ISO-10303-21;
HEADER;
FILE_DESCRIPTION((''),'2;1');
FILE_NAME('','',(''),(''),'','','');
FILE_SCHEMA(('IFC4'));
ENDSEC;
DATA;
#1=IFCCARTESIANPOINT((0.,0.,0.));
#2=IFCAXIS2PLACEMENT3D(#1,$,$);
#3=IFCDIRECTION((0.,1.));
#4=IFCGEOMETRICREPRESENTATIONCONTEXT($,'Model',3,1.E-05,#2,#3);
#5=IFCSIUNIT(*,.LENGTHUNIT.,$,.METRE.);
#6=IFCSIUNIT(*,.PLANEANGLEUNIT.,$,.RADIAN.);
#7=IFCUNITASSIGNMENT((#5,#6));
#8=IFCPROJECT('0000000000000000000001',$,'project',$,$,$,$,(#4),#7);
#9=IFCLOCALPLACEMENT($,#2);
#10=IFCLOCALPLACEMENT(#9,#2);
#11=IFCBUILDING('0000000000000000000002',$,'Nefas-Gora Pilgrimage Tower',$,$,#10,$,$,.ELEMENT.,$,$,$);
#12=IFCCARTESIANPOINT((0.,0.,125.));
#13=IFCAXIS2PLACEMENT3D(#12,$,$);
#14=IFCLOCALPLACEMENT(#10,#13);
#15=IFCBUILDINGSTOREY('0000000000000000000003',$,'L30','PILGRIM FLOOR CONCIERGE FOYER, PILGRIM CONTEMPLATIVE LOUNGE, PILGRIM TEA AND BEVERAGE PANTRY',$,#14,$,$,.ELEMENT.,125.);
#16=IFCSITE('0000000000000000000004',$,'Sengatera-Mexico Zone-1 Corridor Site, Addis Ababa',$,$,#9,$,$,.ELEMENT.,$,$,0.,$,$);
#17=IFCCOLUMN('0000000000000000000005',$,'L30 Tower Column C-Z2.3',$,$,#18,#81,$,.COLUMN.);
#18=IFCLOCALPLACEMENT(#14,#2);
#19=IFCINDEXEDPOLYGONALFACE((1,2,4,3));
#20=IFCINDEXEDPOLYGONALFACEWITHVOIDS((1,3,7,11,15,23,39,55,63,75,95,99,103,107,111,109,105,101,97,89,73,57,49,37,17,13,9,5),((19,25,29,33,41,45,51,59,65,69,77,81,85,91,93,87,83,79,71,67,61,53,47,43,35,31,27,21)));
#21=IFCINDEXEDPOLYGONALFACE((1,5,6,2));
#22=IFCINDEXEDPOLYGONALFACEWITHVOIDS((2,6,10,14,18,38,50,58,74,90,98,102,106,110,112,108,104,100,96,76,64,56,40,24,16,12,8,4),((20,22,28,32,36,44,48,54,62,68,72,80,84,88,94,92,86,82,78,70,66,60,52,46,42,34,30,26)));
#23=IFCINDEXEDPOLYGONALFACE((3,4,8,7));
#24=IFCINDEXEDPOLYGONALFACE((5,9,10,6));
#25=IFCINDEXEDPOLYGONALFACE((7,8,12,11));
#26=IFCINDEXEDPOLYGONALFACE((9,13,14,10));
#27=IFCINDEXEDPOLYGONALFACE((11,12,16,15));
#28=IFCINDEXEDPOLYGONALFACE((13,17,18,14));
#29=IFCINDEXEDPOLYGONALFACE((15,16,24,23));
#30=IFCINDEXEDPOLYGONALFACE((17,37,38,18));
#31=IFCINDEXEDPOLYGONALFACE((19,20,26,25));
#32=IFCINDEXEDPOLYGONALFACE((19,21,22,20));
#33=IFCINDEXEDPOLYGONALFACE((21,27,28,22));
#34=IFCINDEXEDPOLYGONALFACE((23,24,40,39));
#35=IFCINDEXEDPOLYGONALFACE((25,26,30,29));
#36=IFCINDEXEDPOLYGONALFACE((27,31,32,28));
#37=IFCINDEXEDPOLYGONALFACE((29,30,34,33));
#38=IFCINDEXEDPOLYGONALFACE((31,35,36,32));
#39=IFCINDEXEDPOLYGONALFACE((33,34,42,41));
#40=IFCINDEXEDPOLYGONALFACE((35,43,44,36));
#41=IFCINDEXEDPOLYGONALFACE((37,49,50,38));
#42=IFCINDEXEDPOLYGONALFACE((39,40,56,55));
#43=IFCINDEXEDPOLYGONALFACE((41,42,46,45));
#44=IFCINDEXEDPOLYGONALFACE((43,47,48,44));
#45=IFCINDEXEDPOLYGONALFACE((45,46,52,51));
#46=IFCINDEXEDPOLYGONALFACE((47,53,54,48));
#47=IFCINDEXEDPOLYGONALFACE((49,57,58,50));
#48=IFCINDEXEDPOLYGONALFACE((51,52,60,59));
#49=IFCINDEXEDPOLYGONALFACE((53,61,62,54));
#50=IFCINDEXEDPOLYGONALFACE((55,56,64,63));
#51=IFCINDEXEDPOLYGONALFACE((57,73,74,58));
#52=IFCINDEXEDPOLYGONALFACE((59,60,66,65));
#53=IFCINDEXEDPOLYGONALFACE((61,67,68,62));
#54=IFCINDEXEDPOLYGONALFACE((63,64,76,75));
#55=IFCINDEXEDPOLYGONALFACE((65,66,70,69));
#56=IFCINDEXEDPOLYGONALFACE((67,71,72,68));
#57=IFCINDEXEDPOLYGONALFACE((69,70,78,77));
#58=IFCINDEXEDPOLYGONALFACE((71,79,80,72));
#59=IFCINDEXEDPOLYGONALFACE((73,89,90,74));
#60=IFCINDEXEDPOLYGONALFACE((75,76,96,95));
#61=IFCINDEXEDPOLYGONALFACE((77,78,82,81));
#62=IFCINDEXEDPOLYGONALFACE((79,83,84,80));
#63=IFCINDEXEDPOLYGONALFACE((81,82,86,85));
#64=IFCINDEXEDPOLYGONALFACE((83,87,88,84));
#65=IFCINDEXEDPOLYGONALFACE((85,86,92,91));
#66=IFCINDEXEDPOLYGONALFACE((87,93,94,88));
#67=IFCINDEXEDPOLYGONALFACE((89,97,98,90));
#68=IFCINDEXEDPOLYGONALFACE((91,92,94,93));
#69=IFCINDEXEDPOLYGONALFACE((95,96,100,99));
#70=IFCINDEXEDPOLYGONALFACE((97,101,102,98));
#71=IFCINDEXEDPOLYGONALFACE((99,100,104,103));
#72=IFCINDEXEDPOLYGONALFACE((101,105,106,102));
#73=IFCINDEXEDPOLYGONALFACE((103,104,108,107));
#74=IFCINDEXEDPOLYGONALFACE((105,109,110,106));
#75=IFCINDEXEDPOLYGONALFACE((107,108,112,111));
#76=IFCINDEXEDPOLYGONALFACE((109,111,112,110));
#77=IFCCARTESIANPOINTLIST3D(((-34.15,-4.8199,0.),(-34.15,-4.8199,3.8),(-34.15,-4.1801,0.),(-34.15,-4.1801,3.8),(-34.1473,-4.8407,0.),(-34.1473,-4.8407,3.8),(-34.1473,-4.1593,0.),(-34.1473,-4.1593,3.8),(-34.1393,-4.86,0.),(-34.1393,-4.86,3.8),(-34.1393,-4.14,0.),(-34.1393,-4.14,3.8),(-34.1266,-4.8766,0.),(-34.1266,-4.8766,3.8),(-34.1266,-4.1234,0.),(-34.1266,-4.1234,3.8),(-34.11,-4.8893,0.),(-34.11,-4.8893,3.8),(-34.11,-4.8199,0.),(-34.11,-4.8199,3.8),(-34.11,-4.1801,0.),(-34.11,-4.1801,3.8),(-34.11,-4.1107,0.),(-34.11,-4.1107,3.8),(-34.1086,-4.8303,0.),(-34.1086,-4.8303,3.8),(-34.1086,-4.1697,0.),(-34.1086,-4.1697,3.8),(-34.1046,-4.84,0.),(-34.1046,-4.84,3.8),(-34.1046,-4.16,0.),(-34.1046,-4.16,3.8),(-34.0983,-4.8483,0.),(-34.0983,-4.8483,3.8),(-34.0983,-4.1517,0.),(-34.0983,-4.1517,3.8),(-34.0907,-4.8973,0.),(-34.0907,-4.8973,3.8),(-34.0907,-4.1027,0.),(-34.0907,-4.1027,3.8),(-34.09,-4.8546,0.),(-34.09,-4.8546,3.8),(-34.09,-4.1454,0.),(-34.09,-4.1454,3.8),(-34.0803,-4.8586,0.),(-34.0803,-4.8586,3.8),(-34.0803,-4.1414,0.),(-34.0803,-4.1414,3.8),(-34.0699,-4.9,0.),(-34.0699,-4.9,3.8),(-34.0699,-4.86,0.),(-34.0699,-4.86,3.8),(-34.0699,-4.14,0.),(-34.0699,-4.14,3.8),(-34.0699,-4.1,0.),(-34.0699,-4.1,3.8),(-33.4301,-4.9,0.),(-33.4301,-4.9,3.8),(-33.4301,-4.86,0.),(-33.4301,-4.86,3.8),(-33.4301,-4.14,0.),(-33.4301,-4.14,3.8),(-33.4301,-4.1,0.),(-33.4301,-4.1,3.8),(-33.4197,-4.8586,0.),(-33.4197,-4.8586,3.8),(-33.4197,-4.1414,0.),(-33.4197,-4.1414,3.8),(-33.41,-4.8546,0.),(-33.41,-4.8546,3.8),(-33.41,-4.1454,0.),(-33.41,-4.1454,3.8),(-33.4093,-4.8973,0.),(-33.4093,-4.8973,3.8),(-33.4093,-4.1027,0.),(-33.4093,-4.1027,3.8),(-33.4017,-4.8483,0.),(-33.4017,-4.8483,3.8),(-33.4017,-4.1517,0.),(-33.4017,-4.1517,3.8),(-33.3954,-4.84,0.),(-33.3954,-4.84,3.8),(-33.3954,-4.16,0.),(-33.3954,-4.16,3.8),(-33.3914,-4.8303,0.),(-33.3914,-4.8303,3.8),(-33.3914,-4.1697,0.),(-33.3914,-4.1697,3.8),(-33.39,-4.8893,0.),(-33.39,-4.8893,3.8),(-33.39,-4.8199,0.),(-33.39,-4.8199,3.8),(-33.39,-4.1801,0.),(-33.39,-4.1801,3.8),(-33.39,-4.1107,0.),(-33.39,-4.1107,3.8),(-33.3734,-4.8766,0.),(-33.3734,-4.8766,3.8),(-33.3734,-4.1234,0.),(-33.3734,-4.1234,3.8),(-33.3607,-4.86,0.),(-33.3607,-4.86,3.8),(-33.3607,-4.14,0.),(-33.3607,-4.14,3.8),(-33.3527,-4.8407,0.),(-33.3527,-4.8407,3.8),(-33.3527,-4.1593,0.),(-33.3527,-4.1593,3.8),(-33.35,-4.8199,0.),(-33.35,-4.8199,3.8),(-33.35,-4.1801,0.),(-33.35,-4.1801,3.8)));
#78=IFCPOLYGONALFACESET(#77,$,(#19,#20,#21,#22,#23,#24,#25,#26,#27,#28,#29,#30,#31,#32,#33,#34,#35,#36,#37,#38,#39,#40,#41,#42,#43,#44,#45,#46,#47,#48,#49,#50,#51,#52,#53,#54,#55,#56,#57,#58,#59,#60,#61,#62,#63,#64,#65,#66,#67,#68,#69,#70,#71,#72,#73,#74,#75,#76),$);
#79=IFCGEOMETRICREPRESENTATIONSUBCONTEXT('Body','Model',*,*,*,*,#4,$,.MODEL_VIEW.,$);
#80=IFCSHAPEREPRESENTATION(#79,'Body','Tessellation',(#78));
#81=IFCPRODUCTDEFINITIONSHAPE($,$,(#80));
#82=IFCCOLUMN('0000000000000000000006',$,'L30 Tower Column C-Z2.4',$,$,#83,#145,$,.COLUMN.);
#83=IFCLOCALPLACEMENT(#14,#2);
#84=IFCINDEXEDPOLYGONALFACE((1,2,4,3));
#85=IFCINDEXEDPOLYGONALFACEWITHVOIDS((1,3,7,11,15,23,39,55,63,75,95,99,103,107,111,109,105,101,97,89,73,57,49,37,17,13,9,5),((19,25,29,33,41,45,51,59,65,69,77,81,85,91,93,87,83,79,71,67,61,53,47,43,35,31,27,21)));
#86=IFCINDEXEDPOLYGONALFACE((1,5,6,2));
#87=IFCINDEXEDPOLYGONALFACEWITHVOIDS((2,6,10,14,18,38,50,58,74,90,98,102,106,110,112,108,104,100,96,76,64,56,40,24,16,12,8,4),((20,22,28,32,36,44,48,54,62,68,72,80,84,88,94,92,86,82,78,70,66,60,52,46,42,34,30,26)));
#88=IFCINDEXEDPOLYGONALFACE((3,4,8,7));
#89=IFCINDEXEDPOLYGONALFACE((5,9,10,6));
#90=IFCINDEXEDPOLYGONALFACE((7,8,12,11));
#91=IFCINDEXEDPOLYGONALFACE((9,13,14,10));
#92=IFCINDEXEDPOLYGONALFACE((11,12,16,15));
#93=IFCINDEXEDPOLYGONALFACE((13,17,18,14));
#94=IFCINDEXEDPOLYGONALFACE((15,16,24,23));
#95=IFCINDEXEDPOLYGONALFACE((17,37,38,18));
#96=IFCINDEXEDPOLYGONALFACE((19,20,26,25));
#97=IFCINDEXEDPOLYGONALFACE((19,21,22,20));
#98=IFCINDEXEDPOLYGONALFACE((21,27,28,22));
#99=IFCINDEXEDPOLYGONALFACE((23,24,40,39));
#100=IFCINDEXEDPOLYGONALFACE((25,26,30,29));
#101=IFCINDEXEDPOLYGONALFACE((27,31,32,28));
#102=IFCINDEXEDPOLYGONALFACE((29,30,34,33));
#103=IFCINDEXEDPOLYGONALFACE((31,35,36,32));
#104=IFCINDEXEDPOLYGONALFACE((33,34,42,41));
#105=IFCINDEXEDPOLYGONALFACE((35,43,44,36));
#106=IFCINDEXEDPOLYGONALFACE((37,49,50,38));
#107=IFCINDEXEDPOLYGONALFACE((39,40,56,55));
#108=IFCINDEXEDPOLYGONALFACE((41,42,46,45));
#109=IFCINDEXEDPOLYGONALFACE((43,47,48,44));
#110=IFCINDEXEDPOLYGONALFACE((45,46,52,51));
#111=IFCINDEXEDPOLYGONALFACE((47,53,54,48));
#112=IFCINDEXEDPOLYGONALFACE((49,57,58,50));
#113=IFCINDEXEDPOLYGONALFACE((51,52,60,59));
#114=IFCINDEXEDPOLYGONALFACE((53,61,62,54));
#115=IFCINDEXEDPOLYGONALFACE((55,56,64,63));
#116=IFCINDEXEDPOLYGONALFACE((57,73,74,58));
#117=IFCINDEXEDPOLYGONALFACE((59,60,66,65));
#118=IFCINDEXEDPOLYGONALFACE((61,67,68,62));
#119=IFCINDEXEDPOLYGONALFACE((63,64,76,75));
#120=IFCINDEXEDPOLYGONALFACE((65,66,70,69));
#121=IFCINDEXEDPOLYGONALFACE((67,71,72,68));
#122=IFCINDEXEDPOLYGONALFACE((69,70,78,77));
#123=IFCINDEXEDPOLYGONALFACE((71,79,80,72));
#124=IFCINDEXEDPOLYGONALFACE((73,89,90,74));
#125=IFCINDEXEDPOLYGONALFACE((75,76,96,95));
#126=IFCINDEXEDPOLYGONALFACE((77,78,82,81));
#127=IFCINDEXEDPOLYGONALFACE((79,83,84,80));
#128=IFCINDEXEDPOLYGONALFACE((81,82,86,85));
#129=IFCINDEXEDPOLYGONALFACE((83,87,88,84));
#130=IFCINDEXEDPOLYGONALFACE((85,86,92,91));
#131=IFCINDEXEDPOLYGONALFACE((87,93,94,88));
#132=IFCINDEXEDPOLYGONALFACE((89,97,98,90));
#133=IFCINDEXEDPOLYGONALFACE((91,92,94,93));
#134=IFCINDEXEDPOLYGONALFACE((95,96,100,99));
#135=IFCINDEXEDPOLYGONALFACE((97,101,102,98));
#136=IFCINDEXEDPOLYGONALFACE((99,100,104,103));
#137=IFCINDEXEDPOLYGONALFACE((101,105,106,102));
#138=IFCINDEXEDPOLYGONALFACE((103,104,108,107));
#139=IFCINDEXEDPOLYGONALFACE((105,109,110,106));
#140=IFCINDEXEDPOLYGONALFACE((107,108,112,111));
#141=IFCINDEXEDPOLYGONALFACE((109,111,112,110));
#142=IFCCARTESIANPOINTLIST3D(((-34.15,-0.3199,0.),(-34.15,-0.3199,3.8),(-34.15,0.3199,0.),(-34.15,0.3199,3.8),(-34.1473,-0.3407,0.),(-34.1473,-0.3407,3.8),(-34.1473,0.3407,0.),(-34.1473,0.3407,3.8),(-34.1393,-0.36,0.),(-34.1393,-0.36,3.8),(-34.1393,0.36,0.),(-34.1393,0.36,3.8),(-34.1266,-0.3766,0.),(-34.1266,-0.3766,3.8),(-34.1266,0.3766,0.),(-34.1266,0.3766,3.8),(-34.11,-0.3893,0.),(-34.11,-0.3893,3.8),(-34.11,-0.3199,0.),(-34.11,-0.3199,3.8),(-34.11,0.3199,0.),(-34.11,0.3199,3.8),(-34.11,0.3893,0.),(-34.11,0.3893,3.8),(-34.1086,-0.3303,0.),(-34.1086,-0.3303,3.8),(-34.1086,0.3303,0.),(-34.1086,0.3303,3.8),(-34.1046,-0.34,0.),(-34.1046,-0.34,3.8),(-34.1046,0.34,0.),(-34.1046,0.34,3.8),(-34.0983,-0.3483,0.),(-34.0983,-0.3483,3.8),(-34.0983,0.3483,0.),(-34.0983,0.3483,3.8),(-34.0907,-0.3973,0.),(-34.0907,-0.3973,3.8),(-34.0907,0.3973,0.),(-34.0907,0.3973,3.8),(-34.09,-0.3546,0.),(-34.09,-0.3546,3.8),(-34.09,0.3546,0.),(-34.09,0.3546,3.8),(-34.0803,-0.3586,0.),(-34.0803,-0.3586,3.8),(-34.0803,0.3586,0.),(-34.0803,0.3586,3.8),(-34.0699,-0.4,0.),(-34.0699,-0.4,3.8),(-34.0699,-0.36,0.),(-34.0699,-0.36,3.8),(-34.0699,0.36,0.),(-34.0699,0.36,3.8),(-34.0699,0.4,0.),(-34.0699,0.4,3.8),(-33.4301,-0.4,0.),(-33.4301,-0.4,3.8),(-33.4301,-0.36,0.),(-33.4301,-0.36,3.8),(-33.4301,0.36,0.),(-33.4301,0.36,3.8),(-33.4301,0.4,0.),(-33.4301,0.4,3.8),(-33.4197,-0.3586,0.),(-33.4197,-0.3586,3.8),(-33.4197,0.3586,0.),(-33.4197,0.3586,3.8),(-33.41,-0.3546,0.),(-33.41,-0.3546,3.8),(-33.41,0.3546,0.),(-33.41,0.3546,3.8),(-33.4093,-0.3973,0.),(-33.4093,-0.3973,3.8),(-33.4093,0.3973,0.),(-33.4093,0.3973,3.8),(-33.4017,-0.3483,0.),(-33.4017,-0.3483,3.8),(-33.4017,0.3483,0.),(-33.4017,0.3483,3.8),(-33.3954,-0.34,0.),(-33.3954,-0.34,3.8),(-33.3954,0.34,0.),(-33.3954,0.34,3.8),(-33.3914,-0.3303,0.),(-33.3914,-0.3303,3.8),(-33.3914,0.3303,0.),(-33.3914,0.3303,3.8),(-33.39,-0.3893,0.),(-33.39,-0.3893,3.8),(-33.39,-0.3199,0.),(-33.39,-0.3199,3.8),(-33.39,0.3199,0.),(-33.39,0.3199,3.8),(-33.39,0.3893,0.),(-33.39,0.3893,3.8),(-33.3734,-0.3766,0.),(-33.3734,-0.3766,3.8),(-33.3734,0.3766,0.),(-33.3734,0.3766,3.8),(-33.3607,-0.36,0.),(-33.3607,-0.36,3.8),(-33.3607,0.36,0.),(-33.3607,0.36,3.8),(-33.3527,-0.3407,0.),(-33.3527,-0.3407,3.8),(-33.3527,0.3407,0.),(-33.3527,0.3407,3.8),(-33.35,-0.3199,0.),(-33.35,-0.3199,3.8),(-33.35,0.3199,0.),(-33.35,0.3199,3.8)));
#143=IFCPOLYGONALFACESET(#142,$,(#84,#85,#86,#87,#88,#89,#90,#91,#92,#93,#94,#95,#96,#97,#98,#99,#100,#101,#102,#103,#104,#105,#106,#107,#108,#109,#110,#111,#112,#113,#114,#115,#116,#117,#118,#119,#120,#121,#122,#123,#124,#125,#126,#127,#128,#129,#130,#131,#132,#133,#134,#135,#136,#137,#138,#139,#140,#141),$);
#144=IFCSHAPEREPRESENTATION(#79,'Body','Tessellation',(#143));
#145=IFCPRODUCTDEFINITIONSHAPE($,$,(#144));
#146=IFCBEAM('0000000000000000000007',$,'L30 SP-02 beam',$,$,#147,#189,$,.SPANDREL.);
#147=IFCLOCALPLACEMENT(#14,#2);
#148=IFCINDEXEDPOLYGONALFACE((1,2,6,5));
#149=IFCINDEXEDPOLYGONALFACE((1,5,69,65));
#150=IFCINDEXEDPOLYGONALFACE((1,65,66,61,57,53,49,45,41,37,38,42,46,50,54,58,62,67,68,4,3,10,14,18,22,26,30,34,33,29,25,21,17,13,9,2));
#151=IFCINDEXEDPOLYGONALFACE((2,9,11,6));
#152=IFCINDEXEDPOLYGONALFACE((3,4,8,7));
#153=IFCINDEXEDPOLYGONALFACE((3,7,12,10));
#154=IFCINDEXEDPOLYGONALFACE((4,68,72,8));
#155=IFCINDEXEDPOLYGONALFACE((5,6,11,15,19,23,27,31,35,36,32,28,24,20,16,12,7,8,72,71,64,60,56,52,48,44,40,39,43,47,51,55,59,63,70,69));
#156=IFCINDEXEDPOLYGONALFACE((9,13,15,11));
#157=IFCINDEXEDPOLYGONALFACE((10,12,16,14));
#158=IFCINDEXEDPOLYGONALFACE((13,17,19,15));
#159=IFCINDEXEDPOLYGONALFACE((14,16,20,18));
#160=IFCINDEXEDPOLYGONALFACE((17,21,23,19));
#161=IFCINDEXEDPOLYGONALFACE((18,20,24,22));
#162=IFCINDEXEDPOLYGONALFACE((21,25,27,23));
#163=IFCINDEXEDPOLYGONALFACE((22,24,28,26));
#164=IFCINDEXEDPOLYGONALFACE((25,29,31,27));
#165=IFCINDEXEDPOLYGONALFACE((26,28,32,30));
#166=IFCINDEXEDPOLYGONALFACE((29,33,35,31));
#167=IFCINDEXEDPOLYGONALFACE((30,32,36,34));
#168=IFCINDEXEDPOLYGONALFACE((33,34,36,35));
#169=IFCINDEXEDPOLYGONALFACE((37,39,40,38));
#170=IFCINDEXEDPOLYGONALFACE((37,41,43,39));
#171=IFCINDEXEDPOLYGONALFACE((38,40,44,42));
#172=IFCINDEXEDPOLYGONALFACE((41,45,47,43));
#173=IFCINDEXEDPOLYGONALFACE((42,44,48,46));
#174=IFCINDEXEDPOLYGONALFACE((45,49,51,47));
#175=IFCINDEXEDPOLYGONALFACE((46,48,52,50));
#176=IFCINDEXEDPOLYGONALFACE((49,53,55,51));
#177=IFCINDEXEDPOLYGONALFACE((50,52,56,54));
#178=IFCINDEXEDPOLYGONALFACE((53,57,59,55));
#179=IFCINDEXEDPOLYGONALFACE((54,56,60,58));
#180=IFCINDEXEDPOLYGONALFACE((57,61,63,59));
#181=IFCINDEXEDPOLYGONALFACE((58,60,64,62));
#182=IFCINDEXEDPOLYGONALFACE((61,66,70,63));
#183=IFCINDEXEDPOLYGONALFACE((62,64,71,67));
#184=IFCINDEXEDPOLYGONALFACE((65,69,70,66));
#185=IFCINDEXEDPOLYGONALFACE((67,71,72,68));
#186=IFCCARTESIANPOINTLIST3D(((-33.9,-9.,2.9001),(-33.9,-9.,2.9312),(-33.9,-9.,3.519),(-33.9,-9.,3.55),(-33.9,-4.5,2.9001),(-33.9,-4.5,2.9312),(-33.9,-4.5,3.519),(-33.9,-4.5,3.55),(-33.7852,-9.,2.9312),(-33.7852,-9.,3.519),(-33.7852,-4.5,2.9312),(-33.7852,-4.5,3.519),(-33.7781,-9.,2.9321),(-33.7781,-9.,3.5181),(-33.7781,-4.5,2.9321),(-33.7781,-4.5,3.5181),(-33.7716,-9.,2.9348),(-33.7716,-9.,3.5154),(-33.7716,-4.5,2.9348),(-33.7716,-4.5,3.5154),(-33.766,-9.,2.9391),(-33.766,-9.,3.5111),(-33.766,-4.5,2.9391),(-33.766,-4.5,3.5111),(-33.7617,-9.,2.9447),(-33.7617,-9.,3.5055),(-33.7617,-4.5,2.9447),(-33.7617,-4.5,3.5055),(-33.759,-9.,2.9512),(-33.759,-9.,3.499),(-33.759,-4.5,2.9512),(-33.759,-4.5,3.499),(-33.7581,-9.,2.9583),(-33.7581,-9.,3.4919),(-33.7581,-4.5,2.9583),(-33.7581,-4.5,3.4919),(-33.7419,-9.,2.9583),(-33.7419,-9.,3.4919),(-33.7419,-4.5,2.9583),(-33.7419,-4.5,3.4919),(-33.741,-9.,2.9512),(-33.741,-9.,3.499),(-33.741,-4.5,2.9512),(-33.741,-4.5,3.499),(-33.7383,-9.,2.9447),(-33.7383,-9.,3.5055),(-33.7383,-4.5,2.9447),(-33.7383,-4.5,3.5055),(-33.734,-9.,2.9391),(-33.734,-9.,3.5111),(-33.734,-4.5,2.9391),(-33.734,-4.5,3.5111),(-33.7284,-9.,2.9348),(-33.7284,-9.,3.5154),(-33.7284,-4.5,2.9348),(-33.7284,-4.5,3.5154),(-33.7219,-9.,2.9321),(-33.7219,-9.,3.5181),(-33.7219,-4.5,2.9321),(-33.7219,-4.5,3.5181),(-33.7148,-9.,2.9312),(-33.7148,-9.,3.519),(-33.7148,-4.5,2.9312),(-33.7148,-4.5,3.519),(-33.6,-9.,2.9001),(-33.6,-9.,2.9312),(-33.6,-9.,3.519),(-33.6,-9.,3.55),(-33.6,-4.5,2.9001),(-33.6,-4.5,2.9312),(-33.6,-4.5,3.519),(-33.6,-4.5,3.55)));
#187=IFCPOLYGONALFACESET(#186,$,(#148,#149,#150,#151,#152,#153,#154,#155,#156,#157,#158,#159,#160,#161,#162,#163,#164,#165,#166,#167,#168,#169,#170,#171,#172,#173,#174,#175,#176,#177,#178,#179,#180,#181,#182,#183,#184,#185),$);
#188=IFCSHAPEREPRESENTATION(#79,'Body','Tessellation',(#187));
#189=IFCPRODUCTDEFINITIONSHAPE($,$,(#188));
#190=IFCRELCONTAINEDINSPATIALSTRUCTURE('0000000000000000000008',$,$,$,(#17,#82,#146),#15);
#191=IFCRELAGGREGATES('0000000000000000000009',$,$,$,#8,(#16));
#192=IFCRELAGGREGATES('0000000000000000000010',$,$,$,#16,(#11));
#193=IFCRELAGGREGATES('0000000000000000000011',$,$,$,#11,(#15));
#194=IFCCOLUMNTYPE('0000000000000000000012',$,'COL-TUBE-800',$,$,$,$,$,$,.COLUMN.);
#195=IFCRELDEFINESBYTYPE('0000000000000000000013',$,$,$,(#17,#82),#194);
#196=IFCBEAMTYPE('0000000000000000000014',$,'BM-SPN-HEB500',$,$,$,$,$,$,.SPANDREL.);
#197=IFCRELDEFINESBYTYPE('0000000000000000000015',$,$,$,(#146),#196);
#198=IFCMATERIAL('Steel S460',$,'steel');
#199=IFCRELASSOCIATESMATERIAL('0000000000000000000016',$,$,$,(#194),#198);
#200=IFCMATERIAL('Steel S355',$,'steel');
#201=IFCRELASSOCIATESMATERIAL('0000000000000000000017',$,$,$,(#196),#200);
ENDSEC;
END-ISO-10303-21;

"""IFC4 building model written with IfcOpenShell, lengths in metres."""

from ifc_helpers import new_model, si_unit, direction, frame, origin, origin_2d, place, context, subcontext, project, spatial, hollow_rectangle, i_section, extrude, source, transform, mapped, material, material_profile, profile_set, type_object, element, save


model = new_model("IFC4")

# Units and contexts
model_context = context("Model", 3, precision=1e-05, world=origin(), true_north=direction((0.0, 1.0)))
body_context = subcontext(model_context, "Body", "Model", "MODEL_VIEW")
ifc_project = project(units=[si_unit("LENGTHUNIT", "METRE"), si_unit("PLANEANGLEUNIT", "RADIAN")], contexts=[model_context])

# Site, building, storey
site_placement = place(None, origin())
site = spatial("IfcSite", under=ifc_project, at=site_placement, Name="Sengatera-Mexico Zone-1 Corridor Site, Addis Ababa", CompositionType="ELEMENT", RefElevation=0.0)
building_placement = place(site_placement, origin())
building = spatial("IfcBuilding", under=site, at=building_placement, Name="Nefas-Gora Pilgrimage Tower", CompositionType="ELEMENT")
storey_placement = place(building_placement, frame((0.0, 0.0, 125.0)))
storey = spatial("IfcBuildingStorey", under=building, at=storey_placement, Name="L30", Description="PILGRIM FLOOR CONCIERGE FOYER, PILGRIM CONTEMPLATIVE LOUNGE, PILGRIM TEA AND BEVERAGE PANTRY", CompositionType="ELEMENT", Elevation=125.0)

# Columns
ifc_material_1 = material(Name="Steel S460", Category="steel")
ifc_material_profile_1 = material_profile(ifc_material_1, hollow_rectangle(XDim=0.8, YDim=0.8, WallThickness=0.04, InnerFilletRadius=0.04, OuterFilletRadius=0.0801, at=origin_2d()), Name="BOX 800x800x40")
ifc_profile_set_1 = profile_set([ifc_material_profile_1], Name="Steel S460")
column_type_1 = type_object("IfcColumnType", Name="COL-TUBE-800", PredefinedType="COLUMN", material=ifc_profile_set_1)
shared_shape_1 = source(origin(), body_context, "Body", "SweptSolid", [
    extrude(hollow_rectangle(XDim=0.8, YDim=0.8, WallThickness=0.04, InnerFilletRadius=0.04, OuterFilletRadius=0.0801, at=origin_2d()), origin(), (0.0, 0.0, 1.0), 3.8),
])
for number, where, z_axis, x_axis, name in (
    (1, (-33.75, -4.5, 0.0), (0.0, 0.0, 1.0), (1.0, 0.0, 0.0), "L30 Tower Column C-Z2.3"),
    (2, (-33.75, 0.0, 0.0), (0.0, 0.0, 1.0), (1.0, 0.0, 0.0), "L30 Tower Column C-Z2.4"),
):
    element("IfcColumn", number, at=place(storey_placement, frame(where, z_axis=z_axis, x_axis=x_axis)), inside=storey, type_object=column_type_1, Name=name, PredefinedType="COLUMN", context=body_context, shape_type="MappedRepresentation", body=[
        mapped(shared_shape_1, transform((0.0, 0.0, 0.0), x_axis=(1.0, 0.0, 0.0), y_axis=(0.0, 1.0, 0.0), z_axis=(0.0, 0.0, 1.0), scale=1.0)),
    ])

# Beam
ifc_material_2 = material(Name="Steel S355", Category="steel")
ifc_material_profile_2 = material_profile(ifc_material_2, i_section(OverallWidth=0.3, OverallDepth=0.6499, WebThickness=0.0161, FlangeThickness=0.031, FilletRadius=0.0271, at=origin_2d()), Name="HEB 650")
ifc_profile_set_2 = profile_set([ifc_material_profile_2], Name="Steel S355")
beam_type_1 = type_object("IfcBeamType", Name="BM-SPN-HEB500", PredefinedType="SPANDREL", material=ifc_profile_set_2)
shared_shape_2 = source(origin(), body_context, "Body", "SweptSolid", [
    extrude(i_section(OverallWidth=0.3, OverallDepth=0.6499, WebThickness=0.0161, FlangeThickness=0.031, FilletRadius=0.0271, at=origin_2d()), origin(), (0.0, 0.0, 1.0), 4.5),
])
for number, where, z_axis, x_axis, name in (
    (3, (-33.75, -9.0, 3.2251), (0.0, 1.0, 0.0), (-1.0, 0.0, 0.0), "L30 SP-02 beam"),
):
    element("IfcBeam", number, at=place(storey_placement, frame(where, z_axis=z_axis, x_axis=x_axis)), inside=storey, type_object=beam_type_1, Name=name, PredefinedType="SPANDREL", context=body_context, shape_type="MappedRepresentation", body=[
        mapped(shared_shape_2, transform((0.0, 0.0, 0.0), x_axis=(1.0, 0.0, 0.0), y_axis=(0.0, 1.0, 0.0), z_axis=(0.0, 0.0, 1.0), scale=1.0)),
    ])

save(model, "model.ifc")
